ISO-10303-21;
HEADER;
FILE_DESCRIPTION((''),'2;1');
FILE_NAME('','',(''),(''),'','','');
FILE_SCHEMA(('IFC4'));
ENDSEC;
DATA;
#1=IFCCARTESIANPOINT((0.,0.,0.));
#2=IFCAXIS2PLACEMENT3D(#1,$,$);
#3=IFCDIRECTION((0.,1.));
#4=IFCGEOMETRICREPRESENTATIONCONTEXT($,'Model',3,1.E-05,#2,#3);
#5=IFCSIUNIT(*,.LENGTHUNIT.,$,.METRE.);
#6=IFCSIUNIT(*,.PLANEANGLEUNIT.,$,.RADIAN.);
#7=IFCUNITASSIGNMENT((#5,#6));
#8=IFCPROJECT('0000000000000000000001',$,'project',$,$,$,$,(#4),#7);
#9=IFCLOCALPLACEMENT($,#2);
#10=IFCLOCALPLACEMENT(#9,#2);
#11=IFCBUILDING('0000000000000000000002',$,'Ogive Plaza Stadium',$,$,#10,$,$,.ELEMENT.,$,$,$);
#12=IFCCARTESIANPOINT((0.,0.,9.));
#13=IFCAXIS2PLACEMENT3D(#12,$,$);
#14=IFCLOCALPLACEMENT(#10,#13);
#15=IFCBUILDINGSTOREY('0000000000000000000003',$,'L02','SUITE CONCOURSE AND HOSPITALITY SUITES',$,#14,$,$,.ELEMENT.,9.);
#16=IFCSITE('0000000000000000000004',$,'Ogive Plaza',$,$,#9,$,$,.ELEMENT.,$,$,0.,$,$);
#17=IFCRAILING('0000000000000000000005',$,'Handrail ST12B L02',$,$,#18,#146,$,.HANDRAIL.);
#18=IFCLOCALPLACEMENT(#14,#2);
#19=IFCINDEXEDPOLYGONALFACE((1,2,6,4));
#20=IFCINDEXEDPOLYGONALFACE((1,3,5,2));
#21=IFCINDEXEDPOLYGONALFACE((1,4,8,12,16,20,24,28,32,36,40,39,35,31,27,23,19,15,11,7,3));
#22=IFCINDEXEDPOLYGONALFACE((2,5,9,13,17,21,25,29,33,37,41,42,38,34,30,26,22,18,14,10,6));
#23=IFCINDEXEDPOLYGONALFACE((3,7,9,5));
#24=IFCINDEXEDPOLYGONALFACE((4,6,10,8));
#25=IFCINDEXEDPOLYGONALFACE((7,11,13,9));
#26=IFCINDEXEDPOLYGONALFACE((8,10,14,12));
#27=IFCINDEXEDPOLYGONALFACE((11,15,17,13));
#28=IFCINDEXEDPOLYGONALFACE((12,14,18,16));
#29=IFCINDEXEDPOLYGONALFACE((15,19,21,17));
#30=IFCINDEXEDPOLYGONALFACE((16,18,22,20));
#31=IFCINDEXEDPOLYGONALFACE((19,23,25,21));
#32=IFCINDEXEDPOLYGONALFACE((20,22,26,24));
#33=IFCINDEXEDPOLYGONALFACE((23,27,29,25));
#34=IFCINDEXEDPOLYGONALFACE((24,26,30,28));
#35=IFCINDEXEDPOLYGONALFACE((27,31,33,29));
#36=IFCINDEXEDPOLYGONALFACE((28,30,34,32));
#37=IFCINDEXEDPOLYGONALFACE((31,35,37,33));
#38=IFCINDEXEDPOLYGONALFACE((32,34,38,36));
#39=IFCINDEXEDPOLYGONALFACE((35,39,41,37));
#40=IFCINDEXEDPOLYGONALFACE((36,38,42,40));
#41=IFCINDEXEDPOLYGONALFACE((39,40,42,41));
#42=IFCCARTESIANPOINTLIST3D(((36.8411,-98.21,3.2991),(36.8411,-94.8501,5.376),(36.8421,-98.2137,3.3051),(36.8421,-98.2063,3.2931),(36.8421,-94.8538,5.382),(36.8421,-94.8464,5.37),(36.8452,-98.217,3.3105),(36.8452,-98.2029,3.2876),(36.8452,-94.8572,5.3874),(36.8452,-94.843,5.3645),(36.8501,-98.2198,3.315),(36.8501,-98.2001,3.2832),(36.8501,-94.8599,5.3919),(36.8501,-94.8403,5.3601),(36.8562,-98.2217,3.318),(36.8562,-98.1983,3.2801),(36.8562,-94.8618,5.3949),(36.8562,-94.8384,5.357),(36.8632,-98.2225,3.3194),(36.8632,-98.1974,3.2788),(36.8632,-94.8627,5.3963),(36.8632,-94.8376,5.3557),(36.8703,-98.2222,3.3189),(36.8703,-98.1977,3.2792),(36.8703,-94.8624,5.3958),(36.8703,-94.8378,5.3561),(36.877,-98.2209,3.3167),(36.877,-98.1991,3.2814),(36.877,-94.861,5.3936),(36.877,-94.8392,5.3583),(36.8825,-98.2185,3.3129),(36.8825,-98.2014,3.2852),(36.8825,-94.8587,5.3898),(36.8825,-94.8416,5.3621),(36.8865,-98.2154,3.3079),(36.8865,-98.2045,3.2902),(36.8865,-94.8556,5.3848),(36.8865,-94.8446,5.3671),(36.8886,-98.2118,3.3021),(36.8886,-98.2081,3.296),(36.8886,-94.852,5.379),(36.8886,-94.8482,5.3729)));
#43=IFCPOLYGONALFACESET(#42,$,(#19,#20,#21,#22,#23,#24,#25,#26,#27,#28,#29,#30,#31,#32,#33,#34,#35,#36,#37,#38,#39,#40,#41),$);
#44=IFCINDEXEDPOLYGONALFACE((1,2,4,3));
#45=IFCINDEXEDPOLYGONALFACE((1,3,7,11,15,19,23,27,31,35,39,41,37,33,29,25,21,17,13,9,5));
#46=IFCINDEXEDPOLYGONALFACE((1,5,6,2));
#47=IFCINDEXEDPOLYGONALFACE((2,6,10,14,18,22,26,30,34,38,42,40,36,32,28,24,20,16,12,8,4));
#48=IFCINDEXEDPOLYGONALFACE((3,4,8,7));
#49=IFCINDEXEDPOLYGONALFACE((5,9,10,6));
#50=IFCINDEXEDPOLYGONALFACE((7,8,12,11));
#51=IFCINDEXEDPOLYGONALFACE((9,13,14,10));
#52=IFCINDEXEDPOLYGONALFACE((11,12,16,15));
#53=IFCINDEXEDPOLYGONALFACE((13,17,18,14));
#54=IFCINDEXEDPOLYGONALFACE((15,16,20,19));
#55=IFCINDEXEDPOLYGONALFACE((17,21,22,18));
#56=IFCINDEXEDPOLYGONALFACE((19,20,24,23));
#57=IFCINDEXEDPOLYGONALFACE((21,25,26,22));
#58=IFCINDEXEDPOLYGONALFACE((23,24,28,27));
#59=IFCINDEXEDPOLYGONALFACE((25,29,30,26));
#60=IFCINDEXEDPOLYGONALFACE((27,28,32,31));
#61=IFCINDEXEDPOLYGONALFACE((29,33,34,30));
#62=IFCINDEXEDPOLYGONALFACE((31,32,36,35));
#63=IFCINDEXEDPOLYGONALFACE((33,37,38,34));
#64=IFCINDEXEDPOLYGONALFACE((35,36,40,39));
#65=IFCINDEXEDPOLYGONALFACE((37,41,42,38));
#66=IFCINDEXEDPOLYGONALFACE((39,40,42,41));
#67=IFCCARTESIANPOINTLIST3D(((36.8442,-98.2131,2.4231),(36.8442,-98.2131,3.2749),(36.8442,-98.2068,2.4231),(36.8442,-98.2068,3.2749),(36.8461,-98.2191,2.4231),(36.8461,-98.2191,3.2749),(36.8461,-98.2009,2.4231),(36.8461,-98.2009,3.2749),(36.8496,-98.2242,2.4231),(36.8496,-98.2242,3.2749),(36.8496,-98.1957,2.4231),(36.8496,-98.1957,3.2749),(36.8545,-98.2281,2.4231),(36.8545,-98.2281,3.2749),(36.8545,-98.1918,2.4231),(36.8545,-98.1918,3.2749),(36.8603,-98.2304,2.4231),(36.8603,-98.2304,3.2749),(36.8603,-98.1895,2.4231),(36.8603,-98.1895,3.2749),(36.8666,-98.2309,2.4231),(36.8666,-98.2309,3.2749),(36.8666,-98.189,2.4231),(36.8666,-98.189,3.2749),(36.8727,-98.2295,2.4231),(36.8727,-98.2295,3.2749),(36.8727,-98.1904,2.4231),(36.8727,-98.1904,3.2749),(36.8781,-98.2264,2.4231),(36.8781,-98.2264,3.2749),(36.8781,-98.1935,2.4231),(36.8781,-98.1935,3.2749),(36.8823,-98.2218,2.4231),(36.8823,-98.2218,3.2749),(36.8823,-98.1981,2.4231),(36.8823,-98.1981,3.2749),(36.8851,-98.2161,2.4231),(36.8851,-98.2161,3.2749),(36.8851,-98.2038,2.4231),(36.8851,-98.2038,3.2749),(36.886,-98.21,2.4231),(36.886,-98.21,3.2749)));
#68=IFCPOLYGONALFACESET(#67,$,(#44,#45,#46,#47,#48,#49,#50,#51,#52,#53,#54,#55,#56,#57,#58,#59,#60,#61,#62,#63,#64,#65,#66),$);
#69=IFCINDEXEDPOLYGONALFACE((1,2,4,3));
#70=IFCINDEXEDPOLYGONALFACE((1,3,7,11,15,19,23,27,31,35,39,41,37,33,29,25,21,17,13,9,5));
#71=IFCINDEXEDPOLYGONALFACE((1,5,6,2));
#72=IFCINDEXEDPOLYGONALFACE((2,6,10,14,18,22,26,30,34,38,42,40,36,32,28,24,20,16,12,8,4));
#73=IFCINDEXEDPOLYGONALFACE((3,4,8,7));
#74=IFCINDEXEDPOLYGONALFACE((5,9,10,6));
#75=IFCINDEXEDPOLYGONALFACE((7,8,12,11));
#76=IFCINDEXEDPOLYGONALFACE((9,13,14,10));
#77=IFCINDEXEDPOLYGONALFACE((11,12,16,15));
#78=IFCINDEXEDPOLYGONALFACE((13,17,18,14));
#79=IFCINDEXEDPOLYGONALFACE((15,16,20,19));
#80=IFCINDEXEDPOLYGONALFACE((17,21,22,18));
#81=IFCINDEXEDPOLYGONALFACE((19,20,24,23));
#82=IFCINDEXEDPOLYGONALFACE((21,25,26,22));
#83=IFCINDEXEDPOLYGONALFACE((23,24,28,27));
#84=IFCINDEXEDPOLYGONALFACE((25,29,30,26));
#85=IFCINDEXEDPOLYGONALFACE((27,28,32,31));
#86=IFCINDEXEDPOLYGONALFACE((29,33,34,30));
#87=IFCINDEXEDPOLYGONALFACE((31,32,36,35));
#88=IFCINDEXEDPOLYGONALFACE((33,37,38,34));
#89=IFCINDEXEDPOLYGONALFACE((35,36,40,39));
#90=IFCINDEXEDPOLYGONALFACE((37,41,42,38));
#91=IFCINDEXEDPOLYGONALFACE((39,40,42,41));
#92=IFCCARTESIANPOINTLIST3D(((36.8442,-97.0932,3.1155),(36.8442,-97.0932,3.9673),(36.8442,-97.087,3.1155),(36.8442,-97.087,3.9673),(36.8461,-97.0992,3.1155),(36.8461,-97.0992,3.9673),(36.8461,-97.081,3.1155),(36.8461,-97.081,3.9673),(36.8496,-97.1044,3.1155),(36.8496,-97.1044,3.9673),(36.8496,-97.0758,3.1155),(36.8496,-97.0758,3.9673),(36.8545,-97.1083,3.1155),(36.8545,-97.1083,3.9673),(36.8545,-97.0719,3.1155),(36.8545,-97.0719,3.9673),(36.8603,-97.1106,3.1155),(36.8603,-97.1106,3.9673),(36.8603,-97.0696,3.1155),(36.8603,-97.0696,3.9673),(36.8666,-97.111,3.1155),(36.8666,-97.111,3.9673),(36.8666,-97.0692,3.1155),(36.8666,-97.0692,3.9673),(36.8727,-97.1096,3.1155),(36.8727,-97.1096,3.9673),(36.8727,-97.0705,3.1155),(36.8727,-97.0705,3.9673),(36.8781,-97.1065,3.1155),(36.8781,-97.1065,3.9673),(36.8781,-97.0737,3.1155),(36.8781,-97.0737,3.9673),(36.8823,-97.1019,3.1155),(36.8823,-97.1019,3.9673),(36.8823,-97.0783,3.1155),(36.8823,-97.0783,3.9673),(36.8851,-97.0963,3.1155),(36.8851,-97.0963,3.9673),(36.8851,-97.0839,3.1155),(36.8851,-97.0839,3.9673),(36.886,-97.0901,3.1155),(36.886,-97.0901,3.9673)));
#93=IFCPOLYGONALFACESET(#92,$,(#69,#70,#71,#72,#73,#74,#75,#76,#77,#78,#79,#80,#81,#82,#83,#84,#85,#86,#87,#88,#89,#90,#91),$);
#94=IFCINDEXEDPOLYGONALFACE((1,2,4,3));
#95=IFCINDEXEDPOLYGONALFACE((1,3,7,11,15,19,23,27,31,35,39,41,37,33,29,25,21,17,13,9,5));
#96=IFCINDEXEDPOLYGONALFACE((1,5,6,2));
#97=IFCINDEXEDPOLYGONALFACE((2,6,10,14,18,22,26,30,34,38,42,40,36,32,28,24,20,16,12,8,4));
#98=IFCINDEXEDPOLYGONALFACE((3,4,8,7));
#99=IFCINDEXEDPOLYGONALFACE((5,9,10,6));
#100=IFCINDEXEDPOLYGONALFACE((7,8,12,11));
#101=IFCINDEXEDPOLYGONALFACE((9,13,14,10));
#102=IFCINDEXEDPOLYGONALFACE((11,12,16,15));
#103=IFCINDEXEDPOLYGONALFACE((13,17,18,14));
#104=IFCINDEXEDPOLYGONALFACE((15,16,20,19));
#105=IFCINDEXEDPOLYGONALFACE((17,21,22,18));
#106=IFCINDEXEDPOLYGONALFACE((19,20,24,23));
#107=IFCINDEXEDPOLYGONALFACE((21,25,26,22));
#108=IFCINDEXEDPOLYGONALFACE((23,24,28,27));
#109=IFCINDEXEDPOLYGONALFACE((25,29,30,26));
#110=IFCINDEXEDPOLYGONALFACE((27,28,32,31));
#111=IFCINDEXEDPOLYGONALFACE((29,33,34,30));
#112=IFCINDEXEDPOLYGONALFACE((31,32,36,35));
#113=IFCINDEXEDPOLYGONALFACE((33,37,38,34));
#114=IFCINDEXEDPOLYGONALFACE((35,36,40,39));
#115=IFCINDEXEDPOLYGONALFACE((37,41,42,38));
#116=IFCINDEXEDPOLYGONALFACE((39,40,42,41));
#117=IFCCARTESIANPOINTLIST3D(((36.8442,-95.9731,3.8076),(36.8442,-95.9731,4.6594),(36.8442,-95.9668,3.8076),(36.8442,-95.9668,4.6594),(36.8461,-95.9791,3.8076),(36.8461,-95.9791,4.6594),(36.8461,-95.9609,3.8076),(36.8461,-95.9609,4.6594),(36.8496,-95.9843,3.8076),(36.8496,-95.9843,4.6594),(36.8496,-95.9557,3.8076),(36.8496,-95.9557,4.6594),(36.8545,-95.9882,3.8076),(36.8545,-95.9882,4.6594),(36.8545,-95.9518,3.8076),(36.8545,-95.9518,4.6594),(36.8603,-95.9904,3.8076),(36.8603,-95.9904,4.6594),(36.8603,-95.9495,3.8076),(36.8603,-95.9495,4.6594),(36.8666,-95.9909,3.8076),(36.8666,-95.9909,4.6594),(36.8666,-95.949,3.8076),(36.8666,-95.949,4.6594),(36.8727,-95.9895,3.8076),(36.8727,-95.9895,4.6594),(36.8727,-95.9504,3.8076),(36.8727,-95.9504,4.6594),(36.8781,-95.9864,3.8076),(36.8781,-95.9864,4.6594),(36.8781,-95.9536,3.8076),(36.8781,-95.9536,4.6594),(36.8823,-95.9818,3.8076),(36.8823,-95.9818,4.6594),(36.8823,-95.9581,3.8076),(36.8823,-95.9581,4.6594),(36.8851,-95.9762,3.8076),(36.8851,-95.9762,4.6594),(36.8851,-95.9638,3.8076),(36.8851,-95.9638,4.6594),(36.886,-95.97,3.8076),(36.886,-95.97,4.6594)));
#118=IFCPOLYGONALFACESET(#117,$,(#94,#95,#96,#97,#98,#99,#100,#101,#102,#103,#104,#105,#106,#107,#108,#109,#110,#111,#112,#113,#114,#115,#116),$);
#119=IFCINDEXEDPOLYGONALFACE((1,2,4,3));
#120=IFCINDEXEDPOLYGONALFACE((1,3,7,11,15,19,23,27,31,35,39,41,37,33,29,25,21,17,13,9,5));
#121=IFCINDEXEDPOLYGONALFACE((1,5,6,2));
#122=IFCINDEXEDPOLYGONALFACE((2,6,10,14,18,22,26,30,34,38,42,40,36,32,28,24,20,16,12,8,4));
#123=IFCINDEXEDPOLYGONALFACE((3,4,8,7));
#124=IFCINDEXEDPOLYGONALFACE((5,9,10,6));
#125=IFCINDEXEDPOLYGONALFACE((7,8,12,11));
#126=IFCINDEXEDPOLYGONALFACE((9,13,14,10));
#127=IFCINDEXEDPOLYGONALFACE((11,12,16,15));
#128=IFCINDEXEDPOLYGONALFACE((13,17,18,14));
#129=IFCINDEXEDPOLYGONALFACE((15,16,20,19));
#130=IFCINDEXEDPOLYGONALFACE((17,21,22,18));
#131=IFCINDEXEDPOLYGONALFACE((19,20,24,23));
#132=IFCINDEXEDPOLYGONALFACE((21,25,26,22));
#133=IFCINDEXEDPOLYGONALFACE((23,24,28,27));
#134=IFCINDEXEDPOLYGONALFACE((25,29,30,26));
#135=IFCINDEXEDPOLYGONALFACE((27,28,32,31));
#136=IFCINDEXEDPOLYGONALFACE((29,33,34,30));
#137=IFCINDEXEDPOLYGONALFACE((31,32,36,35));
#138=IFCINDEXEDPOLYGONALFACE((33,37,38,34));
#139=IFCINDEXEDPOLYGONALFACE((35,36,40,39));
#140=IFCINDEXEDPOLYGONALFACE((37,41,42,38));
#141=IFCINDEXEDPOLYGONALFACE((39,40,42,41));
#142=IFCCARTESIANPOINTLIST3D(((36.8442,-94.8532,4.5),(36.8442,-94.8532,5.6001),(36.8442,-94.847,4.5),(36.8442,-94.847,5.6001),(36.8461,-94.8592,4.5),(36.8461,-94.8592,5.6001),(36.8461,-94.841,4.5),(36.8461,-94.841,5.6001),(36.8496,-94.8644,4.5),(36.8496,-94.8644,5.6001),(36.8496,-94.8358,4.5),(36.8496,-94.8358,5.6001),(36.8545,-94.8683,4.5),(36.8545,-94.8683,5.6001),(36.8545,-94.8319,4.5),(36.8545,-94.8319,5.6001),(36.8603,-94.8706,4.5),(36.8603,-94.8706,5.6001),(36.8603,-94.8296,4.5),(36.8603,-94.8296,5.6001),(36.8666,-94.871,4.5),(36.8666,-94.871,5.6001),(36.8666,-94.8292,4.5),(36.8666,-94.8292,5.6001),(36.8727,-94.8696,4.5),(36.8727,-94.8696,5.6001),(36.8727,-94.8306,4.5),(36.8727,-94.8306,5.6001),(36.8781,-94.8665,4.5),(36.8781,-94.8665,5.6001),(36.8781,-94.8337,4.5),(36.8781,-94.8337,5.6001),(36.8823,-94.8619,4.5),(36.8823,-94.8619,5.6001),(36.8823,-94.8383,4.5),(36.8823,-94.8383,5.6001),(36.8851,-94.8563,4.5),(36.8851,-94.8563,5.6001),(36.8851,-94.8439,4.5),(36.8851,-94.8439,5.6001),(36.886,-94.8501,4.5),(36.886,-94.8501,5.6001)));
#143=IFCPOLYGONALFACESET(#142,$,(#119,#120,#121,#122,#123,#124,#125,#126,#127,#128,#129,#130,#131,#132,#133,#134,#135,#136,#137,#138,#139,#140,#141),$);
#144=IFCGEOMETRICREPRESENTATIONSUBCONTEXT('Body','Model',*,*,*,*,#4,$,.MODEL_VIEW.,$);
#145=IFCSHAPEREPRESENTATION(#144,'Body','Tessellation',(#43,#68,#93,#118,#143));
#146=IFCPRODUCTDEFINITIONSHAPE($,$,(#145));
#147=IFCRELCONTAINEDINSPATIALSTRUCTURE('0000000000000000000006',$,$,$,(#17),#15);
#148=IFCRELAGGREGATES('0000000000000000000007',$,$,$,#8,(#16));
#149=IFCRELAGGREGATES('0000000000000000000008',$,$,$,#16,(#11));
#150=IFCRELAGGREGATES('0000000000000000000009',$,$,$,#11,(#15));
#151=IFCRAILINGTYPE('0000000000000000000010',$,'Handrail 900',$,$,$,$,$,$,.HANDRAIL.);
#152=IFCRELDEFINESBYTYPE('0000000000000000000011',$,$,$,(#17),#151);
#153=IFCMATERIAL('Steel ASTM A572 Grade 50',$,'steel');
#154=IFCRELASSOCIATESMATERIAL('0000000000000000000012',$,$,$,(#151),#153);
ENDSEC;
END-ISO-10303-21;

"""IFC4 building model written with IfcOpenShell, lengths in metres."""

from ifc_helpers import new_model, si_unit, direction, frame, origin, origin_2d, place, context, subcontext, project, spatial, circle, extrude, material, type_object, element, save


model = new_model("IFC4")

# Units and contexts
model_context = context("Model", 3, precision=1e-05, world=origin(), true_north=direction((0.0, 1.0)))
body_context = subcontext(model_context, "Body", "Model", "MODEL_VIEW")
ifc_project = project(units=[si_unit("LENGTHUNIT", "METRE"), si_unit("PLANEANGLEUNIT", "RADIAN")], contexts=[model_context])

# Site, building, storey
site_placement = place(None, origin())
site = spatial("IfcSite", under=ifc_project, at=site_placement, Name="Ogive Plaza", CompositionType="ELEMENT", RefElevation=0.0)
building_placement = place(site_placement, origin())
building = spatial("IfcBuilding", under=site, at=building_placement, Name="Ogive Plaza Stadium", CompositionType="ELEMENT")
storey_placement = place(building_placement, frame((0.0, 0.0, 9.0)))
storey = spatial("IfcBuildingStorey", under=building, at=storey_placement, Name="L02", Description="SUITE CONCOURSE AND HOSPITALITY SUITES", CompositionType="ELEMENT", Elevation=9.0)

# Railing
ifc_material_1 = material(Name="Steel ASTM A572 Grade 50", Category="steel")
railing_type_1 = type_object("IfcRailingType", Name="Handrail 900", PredefinedType="HANDRAIL", material=ifc_material_1)
for number, where, name in (
    (1, (36.865, -98.21, 2.4231), "Handrail ST12B L02"),
):
    element("IfcRailing", number, at=place(storey_placement, frame(where)), inside=storey, type_object=railing_type_1, Name=name, PredefinedType="HANDRAIL", context=body_context, shape_type="SweptSolid", body=[
        extrude(circle(Radius=0.0239, at=origin_2d()), frame((0.0, 0.0, 0.876), z_axis=(0.0, 0.850606, 0.525803), x_axis=(-1.0, 0.0, 0.0)), (0.0, 0.0, 1.0), 3.95),
        extrude(circle(Radius=0.021, at=origin_2d()), origin(), (0.0, 0.0, 1.0), 0.8518),
        extrude(circle(Radius=0.021, at=origin_2d()), frame((0.0, 1.1199, 0.6924)), (0.0, 0.0, 1.0), 0.8518),
        extrude(circle(Radius=0.021, at=origin_2d()), frame((0.0, 2.24, 1.3845)), (0.0, 0.0, 1.0), 0.8518),
        extrude(circle(Radius=0.021, at=origin_2d()), frame((0.0, 3.3599, 2.0769)), (0.0, 0.0, 1.0), 1.1001),
    ])

save(model, "model.ifc")
